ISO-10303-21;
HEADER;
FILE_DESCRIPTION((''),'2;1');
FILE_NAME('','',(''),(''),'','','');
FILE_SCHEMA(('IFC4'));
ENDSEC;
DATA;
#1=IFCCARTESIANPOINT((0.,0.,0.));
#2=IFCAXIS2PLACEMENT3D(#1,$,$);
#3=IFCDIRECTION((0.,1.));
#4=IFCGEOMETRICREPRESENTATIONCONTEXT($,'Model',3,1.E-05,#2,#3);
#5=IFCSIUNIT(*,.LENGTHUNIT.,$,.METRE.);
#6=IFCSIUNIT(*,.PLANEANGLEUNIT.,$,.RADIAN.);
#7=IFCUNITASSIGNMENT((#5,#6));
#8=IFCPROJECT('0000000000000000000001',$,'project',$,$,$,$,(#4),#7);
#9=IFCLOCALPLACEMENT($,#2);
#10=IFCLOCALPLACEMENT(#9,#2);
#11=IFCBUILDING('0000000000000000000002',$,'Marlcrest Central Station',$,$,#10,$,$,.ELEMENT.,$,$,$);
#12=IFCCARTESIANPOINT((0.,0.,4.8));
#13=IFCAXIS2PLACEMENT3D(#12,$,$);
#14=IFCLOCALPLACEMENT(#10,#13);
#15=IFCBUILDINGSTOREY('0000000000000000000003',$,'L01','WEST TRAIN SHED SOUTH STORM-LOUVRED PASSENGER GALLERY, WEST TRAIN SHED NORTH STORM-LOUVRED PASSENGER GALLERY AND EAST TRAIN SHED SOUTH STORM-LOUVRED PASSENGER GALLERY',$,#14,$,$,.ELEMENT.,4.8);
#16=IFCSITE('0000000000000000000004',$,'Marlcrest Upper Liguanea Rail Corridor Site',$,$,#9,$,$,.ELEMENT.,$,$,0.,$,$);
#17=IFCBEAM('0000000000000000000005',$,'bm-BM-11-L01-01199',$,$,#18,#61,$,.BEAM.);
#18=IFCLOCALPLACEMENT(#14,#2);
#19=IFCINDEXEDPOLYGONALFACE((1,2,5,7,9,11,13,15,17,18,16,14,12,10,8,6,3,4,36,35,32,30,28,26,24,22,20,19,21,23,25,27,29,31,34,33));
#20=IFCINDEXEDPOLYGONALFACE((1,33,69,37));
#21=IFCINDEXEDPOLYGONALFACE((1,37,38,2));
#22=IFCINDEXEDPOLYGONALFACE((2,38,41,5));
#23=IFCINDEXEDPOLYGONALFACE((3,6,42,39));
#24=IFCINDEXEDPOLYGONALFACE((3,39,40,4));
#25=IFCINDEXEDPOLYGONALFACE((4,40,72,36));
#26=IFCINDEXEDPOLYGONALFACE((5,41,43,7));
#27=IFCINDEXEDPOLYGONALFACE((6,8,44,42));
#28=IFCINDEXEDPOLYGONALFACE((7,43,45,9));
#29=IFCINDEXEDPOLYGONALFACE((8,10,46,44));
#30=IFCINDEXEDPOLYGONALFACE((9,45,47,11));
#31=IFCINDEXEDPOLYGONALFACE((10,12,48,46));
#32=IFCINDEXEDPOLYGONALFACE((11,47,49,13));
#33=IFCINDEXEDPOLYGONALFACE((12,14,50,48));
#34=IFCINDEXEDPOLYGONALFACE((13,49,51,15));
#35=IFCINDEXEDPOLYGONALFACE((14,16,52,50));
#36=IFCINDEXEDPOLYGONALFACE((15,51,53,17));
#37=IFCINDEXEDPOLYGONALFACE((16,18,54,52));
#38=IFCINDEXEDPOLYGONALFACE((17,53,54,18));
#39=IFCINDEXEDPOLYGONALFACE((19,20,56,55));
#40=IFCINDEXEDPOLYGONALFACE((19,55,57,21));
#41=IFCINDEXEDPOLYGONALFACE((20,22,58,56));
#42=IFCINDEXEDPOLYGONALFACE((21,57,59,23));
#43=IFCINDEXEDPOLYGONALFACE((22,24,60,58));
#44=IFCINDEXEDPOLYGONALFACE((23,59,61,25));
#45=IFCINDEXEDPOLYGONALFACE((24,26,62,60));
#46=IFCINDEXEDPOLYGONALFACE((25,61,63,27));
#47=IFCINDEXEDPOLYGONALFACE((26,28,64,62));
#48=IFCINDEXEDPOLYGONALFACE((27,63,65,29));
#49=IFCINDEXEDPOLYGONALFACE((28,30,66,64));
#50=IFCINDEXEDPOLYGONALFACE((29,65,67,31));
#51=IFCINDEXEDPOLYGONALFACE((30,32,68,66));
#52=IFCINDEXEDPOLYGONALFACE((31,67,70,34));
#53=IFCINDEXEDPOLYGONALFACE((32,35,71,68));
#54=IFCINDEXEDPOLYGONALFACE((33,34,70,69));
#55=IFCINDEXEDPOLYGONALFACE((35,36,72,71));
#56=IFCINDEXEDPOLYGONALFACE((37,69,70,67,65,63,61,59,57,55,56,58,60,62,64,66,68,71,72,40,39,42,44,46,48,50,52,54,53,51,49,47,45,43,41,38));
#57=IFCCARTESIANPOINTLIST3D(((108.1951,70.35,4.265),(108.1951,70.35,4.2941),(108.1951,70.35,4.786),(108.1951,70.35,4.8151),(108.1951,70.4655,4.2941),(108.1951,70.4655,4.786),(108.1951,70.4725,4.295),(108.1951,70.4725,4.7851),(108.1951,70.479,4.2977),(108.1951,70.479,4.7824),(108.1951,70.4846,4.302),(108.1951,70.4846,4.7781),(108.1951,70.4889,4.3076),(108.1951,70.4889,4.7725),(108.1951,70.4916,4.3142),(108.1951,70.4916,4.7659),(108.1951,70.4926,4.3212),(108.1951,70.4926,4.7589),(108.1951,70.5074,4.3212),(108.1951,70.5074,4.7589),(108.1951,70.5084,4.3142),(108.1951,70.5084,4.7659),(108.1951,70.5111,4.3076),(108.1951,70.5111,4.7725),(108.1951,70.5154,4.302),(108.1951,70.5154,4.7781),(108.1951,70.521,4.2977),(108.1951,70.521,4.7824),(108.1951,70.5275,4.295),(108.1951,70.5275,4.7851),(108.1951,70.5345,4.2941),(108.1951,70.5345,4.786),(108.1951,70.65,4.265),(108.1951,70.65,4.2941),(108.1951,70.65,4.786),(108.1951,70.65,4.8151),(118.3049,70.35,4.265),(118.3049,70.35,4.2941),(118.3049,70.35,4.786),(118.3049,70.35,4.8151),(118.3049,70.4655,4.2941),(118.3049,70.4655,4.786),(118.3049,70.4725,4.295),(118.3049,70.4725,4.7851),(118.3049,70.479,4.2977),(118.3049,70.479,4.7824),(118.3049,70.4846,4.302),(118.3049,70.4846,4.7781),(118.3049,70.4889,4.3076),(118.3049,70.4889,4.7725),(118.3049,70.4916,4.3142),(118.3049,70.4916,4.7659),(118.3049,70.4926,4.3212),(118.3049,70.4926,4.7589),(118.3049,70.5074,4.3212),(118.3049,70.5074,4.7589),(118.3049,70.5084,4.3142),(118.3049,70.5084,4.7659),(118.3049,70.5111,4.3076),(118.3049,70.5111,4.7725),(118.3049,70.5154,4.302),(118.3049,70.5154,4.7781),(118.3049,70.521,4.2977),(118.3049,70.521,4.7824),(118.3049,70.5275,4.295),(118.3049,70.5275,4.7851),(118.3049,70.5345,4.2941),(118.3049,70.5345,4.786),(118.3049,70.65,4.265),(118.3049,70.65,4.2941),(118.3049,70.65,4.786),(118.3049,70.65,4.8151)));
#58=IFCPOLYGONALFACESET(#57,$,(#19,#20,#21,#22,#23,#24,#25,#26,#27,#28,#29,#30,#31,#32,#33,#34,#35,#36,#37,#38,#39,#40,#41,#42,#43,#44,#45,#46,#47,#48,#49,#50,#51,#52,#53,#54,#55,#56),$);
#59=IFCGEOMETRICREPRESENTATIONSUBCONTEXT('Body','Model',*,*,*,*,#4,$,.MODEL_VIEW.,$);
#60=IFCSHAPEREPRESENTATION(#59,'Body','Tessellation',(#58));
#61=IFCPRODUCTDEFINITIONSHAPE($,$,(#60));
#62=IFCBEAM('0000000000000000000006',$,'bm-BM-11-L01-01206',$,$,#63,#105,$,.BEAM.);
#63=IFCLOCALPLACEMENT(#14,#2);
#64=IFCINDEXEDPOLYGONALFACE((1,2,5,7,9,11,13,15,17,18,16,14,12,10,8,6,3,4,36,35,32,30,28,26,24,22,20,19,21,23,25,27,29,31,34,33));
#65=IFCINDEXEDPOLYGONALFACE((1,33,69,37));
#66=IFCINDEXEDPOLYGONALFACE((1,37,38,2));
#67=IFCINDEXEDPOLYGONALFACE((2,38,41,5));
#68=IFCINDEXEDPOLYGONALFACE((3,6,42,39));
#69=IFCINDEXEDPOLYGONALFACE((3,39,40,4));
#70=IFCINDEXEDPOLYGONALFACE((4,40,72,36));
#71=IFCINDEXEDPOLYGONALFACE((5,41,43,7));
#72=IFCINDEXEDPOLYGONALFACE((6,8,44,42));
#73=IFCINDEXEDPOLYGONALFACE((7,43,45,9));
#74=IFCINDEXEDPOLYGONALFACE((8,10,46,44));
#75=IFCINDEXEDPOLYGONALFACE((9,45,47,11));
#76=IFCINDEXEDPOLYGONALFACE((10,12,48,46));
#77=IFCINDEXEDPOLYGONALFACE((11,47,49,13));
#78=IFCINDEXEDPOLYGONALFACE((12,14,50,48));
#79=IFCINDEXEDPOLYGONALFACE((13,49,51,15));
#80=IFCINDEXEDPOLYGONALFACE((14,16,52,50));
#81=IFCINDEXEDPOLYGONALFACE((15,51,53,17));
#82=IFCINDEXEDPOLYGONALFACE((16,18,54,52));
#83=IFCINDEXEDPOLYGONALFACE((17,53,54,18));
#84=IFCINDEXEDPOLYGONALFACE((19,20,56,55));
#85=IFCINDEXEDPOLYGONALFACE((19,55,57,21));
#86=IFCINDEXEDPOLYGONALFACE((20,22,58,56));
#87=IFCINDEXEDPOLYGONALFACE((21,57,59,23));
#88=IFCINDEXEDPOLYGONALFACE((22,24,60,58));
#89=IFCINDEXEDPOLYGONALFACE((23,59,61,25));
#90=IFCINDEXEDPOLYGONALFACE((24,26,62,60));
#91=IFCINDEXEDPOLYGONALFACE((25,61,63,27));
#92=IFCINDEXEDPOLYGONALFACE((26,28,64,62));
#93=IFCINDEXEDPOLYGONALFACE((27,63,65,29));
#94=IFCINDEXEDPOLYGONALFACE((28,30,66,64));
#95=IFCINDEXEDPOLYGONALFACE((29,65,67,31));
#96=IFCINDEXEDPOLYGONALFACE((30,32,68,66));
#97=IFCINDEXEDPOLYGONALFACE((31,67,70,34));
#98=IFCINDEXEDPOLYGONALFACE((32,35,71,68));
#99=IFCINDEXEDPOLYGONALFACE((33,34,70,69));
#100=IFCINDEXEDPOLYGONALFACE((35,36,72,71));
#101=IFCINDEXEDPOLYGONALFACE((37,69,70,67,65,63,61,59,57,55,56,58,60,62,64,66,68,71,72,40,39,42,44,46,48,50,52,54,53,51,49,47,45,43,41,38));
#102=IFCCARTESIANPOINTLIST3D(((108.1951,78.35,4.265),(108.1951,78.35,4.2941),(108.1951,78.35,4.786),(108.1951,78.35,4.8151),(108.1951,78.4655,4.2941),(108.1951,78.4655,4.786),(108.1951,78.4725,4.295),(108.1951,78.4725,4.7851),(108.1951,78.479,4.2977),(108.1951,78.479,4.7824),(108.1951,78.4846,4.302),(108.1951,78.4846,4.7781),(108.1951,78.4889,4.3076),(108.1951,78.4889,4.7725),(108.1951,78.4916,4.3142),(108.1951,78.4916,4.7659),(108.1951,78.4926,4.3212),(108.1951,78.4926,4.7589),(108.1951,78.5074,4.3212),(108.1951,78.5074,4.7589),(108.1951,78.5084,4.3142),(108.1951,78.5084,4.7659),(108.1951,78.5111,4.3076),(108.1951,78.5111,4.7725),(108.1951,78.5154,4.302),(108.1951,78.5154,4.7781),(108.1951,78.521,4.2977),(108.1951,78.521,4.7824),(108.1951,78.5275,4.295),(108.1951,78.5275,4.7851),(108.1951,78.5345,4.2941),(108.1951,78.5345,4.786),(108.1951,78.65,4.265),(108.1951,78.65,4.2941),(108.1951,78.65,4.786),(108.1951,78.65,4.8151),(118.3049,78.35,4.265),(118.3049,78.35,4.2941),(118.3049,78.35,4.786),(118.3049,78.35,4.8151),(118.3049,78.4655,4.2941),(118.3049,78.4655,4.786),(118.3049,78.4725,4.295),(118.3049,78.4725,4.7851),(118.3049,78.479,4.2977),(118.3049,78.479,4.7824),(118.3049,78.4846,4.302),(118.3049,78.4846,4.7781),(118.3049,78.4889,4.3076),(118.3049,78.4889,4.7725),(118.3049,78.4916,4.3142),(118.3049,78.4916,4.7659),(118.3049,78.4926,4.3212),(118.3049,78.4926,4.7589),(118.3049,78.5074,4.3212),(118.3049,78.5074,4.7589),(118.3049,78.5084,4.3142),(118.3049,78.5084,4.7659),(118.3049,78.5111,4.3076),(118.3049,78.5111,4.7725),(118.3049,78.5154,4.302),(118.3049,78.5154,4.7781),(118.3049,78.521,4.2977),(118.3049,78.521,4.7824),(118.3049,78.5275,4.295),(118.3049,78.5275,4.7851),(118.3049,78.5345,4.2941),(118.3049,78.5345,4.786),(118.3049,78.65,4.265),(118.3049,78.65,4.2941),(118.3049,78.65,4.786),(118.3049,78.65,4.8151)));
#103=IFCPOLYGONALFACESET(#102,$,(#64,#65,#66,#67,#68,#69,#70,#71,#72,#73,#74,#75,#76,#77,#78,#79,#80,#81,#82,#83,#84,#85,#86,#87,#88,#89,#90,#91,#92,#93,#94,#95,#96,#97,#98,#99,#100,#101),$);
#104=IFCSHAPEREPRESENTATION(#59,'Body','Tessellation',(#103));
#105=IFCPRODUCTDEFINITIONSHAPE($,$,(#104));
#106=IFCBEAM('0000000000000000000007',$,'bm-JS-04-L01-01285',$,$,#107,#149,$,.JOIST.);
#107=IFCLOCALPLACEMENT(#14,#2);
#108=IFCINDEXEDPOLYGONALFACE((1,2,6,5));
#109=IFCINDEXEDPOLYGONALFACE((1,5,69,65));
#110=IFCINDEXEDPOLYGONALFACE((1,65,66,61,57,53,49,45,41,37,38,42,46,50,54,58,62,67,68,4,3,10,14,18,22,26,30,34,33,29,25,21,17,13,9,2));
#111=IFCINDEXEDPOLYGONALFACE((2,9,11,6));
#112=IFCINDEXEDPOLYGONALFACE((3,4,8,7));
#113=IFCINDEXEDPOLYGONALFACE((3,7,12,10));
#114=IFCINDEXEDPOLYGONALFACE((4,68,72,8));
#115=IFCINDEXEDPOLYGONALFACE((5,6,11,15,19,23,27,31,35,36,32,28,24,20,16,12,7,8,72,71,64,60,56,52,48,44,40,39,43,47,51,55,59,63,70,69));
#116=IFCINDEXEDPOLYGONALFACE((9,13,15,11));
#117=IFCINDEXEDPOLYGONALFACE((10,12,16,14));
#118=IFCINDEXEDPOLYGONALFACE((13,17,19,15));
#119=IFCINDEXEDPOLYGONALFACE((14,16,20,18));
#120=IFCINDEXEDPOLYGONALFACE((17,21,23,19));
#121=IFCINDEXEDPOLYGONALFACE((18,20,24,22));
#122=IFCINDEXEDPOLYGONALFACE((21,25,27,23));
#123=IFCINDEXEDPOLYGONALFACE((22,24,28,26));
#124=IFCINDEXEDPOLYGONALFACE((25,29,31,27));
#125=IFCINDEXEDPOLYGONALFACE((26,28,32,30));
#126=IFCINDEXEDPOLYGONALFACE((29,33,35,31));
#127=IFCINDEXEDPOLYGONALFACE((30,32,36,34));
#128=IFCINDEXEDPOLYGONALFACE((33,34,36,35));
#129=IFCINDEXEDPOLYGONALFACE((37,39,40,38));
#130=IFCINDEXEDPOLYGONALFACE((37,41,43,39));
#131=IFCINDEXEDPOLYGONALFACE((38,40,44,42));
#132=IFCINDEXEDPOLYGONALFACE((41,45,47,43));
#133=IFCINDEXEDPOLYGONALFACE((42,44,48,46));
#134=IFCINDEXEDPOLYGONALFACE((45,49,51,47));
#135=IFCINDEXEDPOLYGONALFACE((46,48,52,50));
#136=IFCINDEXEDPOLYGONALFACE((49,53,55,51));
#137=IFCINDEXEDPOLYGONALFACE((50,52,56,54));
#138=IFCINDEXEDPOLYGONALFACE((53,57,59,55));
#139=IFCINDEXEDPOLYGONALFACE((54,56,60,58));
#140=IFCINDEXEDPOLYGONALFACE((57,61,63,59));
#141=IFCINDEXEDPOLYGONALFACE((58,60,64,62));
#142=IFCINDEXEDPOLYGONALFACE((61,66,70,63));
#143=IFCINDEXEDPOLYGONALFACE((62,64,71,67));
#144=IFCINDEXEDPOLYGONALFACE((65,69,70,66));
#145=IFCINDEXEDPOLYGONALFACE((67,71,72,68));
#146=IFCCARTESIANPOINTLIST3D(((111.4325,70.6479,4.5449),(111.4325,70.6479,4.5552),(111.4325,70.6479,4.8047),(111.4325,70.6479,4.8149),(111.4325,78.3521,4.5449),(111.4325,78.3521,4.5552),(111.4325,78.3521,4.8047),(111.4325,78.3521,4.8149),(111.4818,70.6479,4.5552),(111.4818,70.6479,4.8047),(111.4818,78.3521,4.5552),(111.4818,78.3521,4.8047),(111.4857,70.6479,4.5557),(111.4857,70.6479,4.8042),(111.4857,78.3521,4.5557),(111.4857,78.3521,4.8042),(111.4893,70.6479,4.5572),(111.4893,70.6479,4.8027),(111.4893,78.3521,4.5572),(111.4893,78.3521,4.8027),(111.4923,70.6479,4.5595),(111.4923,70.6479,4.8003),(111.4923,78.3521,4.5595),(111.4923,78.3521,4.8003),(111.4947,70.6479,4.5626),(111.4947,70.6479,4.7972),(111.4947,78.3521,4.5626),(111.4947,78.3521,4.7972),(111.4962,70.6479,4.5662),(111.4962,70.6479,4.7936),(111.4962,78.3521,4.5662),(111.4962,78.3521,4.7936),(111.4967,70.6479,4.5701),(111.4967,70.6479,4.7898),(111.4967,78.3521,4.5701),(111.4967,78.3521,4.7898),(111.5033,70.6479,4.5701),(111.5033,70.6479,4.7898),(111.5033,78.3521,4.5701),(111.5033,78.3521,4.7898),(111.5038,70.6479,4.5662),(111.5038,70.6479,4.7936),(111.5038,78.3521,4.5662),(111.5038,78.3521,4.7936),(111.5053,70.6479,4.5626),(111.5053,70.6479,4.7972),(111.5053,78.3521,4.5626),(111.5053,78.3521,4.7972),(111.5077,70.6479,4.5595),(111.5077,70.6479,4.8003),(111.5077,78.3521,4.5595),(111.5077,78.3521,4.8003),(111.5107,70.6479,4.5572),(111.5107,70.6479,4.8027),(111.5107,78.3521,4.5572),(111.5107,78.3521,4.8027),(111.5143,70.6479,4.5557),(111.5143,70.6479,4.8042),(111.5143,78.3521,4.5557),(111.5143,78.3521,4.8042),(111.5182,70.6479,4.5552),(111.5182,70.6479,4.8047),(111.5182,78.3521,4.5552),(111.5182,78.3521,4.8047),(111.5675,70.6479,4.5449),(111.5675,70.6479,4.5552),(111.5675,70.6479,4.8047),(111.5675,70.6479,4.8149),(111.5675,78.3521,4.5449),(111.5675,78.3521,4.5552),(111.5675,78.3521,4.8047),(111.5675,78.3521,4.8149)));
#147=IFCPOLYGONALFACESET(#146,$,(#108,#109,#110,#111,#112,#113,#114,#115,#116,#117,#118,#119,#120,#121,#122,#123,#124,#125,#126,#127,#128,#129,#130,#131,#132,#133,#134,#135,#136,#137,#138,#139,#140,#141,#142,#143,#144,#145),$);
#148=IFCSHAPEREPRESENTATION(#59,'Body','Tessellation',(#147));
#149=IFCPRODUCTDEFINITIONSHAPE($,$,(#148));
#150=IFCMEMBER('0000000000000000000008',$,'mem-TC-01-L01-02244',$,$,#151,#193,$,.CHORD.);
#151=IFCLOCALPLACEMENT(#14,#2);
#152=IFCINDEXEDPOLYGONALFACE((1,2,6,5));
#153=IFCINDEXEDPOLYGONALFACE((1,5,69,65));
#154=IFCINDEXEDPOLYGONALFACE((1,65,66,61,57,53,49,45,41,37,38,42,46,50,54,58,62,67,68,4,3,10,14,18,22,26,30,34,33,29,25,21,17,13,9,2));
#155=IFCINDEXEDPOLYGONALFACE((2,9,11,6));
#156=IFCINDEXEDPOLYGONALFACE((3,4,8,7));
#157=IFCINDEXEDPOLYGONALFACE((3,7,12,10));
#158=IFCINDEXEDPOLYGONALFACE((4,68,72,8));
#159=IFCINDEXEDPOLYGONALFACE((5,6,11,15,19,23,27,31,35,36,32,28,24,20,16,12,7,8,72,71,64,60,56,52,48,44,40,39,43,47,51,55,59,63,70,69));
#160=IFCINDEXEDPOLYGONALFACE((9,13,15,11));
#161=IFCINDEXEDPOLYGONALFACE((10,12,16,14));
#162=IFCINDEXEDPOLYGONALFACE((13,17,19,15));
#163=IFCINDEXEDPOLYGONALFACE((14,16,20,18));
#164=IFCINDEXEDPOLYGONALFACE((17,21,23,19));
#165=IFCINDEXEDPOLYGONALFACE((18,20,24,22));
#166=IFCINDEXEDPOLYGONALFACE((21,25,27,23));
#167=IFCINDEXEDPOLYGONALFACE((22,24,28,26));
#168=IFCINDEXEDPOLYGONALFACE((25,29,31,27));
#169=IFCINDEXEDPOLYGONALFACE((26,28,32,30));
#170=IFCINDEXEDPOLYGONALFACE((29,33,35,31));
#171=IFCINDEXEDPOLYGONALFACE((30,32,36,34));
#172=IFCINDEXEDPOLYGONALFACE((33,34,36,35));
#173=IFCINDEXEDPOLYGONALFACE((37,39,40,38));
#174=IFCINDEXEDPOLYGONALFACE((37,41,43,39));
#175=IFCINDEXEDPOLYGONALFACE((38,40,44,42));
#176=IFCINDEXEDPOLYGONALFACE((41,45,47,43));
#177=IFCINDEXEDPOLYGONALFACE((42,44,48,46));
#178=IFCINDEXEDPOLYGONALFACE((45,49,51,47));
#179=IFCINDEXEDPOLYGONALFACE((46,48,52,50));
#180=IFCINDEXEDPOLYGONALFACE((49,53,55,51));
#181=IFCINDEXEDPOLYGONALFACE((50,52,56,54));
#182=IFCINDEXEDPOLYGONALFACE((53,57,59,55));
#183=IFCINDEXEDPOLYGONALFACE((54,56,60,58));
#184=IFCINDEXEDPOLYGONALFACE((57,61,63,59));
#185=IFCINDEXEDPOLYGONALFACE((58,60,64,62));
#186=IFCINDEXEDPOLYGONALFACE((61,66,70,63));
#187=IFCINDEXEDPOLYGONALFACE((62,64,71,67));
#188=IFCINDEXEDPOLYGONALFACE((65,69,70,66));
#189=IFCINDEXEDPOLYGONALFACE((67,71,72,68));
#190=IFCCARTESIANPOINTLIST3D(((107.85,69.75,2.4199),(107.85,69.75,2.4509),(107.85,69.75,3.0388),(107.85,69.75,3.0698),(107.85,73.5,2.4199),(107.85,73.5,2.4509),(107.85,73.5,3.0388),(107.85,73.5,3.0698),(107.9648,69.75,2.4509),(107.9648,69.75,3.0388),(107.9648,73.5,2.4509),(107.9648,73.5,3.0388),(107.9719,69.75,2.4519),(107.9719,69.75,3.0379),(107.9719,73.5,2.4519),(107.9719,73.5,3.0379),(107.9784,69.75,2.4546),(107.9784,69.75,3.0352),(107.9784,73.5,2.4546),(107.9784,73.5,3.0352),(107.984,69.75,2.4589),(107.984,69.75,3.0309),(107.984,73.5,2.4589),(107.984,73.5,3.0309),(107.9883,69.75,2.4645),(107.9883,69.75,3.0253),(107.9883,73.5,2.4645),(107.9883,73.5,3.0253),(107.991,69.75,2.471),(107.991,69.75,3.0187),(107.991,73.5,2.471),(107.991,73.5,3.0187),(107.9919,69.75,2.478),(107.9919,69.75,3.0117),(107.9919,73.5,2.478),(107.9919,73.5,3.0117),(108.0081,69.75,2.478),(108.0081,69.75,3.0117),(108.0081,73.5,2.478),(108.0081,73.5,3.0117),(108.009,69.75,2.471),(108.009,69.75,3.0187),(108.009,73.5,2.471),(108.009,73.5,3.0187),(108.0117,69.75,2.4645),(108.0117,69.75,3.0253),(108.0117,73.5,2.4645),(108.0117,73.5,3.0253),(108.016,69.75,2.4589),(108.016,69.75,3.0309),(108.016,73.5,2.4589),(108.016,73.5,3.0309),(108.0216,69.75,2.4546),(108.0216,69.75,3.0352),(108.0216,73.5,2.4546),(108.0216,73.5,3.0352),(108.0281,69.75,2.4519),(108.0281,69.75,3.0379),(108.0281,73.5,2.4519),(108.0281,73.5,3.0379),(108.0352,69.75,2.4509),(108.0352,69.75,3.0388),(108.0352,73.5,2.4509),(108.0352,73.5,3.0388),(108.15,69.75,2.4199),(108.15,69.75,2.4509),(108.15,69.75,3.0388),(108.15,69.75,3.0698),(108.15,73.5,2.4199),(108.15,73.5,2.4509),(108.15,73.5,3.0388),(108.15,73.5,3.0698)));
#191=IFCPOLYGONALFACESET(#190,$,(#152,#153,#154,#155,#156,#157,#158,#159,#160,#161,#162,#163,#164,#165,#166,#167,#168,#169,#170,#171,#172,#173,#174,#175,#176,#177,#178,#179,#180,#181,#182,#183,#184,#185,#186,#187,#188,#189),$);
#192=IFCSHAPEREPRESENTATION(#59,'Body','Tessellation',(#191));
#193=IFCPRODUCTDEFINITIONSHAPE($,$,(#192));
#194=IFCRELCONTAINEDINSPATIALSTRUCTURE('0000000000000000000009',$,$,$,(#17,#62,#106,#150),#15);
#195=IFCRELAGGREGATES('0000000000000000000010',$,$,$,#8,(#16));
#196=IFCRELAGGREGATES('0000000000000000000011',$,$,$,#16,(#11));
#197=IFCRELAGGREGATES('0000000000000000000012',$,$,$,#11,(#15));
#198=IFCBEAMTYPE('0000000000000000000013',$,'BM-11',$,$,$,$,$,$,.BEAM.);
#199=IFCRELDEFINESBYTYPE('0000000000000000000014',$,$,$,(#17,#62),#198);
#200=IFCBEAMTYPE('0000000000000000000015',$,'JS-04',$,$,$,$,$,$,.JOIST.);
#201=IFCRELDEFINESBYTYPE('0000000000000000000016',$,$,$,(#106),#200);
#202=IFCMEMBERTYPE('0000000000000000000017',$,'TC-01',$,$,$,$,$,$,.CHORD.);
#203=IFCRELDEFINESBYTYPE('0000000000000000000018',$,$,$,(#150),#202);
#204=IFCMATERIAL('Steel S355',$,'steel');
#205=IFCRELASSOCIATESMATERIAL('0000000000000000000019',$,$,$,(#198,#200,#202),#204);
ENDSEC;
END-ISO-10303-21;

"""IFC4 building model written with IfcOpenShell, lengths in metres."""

from ifc_helpers import new_model, si_unit, direction, frame, origin, origin_2d, place, context, subcontext, project, spatial, i_section, extrude, material, material_profile, profile_set, type_object, element, save


model = new_model("IFC4")

# Units and contexts
model_context = context("Model", 3, precision=1e-05, world=origin(), true_north=direction((0.0, 1.0)))
body_context = subcontext(model_context, "Body", "Model", "MODEL_VIEW")
ifc_project = project(units=[si_unit("LENGTHUNIT", "METRE"), si_unit("PLANEANGLEUNIT", "RADIAN")], contexts=[model_context])

# Site, building, storey
site_placement = place(None, origin())
site = spatial("IfcSite", under=ifc_project, at=site_placement, Name="Marlcrest Upper Liguanea Rail Corridor Site", CompositionType="ELEMENT", RefElevation=0.0)
building_placement = place(site_placement, origin())
building = spatial("IfcBuilding", under=site, at=building_placement, Name="Marlcrest Central Station", CompositionType="ELEMENT")
storey_placement = place(building_placement, frame((0.0, 0.0, 4.8)))
storey = spatial("IfcBuildingStorey", under=building, at=storey_placement, Name="L01", Description="WEST TRAIN SHED SOUTH STORM-LOUVRED PASSENGER GALLERY, WEST TRAIN SHED NORTH STORM-LOUVRED PASSENGER GALLERY AND EAST TRAIN SHED SOUTH STORM-LOUVRED PASSENGER GALLERY", CompositionType="ELEMENT", Elevation=4.8)

# Beams
ifc_material = material(Name="Steel S355", Category="steel")
ifc_material_profile_1 = material_profile(ifc_material, i_section(OverallWidth=0.3, OverallDepth=0.55, WebThickness=0.0149, FlangeThickness=0.0291, FilletRadius=0.0271, at=origin_2d()), Name="HEB 550")
ifc_profile_set_1 = profile_set([ifc_material_profile_1], Name="Steel S355")
beam_type_1 = type_object("IfcBeamType", Name="BM-11", PredefinedType="BEAM", material=ifc_profile_set_1)
for number, where, z_axis, x_axis, name in (
    (1, (108.1951, 70.5, 4.54), (1.0, 0.0, 0.0), (0.0, 1.0, 0.0), "bm-BM-11-L01-01199"),
    (2, (108.1951, 78.5, 4.54), (1.0, 0.0, 0.0), (0.0, 1.0, 0.0), "bm-BM-11-L01-01206"),
):
    element("IfcBeam", number, at=place(storey_placement, frame(where, z_axis=z_axis, x_axis=x_axis)), inside=storey, type_object=beam_type_1, Name=name, PredefinedType="BEAM", context=body_context, shape_type="SweptSolid", body=[
        extrude(i_section(OverallWidth=0.3, OverallDepth=0.55, WebThickness=0.0149, FlangeThickness=0.0291, FilletRadius=0.0271, at=origin_2d()), origin(), (0.0, 0.0, 1.0), 10.1099),
    ])
ifc_material_profile_2 = material_profile(ifc_material, i_section(OverallWidth=0.135, OverallDepth=0.27, WebThickness=0.0066, FlangeThickness=0.0103, FilletRadius=0.0149, at=origin_2d()), Name="IPE 270")
ifc_profile_set_2 = profile_set([ifc_material_profile_2], Name="Steel S355")
beam_type_2 = type_object("IfcBeamType", Name="JS-04", PredefinedType="JOIST", material=ifc_profile_set_2)
beam_placement = place(storey_placement, frame((111.5, 70.6479, 4.6799), z_axis=(0.0, 1.0, 0.0), x_axis=(-1.0, 0.0, 0.0)))
element("IfcBeam", 3, at=beam_placement, inside=storey, type_object=beam_type_2, Name="bm-JS-04-L01-01285", PredefinedType="JOIST", context=body_context, shape_type="SweptSolid", body=[
    extrude(i_section(OverallWidth=0.135, OverallDepth=0.27, WebThickness=0.0066, FlangeThickness=0.0103, FilletRadius=0.0149, at=origin_2d()), origin(), (0.0, 0.0, 1.0), 7.7041),
])

# Member
ifc_material_profile_3 = material_profile(ifc_material, i_section(OverallWidth=0.3, OverallDepth=0.6499, WebThickness=0.0161, FlangeThickness=0.031, FilletRadius=0.0271, at=origin_2d()), Name="HEB 650")
ifc_profile_set_3 = profile_set([ifc_material_profile_3], Name="Steel S355")
member_type_1 = type_object("IfcMemberType", Name="TC-01", PredefinedType="CHORD", material=ifc_profile_set_3)
for number, where, z_axis, x_axis, name in (
    (4, (108.0, 69.75, 2.7449), (0.0, 1.0, 0.0), (-1.0, 0.0, 0.0), "mem-TC-01-L01-02244"),
):
    element("IfcMember", number, at=place(storey_placement, frame(where, z_axis=z_axis, x_axis=x_axis)), inside=storey, type_object=member_type_1, Name=name, PredefinedType="CHORD", context=body_context, shape_type="SweptSolid", body=[
        extrude(i_section(OverallWidth=0.3, OverallDepth=0.6499, WebThickness=0.0161, FlangeThickness=0.031, FilletRadius=0.0271, at=origin_2d()), origin(), (0.0, 0.0, 1.0), 3.75),
    ])

save(model, "model.ifc")
